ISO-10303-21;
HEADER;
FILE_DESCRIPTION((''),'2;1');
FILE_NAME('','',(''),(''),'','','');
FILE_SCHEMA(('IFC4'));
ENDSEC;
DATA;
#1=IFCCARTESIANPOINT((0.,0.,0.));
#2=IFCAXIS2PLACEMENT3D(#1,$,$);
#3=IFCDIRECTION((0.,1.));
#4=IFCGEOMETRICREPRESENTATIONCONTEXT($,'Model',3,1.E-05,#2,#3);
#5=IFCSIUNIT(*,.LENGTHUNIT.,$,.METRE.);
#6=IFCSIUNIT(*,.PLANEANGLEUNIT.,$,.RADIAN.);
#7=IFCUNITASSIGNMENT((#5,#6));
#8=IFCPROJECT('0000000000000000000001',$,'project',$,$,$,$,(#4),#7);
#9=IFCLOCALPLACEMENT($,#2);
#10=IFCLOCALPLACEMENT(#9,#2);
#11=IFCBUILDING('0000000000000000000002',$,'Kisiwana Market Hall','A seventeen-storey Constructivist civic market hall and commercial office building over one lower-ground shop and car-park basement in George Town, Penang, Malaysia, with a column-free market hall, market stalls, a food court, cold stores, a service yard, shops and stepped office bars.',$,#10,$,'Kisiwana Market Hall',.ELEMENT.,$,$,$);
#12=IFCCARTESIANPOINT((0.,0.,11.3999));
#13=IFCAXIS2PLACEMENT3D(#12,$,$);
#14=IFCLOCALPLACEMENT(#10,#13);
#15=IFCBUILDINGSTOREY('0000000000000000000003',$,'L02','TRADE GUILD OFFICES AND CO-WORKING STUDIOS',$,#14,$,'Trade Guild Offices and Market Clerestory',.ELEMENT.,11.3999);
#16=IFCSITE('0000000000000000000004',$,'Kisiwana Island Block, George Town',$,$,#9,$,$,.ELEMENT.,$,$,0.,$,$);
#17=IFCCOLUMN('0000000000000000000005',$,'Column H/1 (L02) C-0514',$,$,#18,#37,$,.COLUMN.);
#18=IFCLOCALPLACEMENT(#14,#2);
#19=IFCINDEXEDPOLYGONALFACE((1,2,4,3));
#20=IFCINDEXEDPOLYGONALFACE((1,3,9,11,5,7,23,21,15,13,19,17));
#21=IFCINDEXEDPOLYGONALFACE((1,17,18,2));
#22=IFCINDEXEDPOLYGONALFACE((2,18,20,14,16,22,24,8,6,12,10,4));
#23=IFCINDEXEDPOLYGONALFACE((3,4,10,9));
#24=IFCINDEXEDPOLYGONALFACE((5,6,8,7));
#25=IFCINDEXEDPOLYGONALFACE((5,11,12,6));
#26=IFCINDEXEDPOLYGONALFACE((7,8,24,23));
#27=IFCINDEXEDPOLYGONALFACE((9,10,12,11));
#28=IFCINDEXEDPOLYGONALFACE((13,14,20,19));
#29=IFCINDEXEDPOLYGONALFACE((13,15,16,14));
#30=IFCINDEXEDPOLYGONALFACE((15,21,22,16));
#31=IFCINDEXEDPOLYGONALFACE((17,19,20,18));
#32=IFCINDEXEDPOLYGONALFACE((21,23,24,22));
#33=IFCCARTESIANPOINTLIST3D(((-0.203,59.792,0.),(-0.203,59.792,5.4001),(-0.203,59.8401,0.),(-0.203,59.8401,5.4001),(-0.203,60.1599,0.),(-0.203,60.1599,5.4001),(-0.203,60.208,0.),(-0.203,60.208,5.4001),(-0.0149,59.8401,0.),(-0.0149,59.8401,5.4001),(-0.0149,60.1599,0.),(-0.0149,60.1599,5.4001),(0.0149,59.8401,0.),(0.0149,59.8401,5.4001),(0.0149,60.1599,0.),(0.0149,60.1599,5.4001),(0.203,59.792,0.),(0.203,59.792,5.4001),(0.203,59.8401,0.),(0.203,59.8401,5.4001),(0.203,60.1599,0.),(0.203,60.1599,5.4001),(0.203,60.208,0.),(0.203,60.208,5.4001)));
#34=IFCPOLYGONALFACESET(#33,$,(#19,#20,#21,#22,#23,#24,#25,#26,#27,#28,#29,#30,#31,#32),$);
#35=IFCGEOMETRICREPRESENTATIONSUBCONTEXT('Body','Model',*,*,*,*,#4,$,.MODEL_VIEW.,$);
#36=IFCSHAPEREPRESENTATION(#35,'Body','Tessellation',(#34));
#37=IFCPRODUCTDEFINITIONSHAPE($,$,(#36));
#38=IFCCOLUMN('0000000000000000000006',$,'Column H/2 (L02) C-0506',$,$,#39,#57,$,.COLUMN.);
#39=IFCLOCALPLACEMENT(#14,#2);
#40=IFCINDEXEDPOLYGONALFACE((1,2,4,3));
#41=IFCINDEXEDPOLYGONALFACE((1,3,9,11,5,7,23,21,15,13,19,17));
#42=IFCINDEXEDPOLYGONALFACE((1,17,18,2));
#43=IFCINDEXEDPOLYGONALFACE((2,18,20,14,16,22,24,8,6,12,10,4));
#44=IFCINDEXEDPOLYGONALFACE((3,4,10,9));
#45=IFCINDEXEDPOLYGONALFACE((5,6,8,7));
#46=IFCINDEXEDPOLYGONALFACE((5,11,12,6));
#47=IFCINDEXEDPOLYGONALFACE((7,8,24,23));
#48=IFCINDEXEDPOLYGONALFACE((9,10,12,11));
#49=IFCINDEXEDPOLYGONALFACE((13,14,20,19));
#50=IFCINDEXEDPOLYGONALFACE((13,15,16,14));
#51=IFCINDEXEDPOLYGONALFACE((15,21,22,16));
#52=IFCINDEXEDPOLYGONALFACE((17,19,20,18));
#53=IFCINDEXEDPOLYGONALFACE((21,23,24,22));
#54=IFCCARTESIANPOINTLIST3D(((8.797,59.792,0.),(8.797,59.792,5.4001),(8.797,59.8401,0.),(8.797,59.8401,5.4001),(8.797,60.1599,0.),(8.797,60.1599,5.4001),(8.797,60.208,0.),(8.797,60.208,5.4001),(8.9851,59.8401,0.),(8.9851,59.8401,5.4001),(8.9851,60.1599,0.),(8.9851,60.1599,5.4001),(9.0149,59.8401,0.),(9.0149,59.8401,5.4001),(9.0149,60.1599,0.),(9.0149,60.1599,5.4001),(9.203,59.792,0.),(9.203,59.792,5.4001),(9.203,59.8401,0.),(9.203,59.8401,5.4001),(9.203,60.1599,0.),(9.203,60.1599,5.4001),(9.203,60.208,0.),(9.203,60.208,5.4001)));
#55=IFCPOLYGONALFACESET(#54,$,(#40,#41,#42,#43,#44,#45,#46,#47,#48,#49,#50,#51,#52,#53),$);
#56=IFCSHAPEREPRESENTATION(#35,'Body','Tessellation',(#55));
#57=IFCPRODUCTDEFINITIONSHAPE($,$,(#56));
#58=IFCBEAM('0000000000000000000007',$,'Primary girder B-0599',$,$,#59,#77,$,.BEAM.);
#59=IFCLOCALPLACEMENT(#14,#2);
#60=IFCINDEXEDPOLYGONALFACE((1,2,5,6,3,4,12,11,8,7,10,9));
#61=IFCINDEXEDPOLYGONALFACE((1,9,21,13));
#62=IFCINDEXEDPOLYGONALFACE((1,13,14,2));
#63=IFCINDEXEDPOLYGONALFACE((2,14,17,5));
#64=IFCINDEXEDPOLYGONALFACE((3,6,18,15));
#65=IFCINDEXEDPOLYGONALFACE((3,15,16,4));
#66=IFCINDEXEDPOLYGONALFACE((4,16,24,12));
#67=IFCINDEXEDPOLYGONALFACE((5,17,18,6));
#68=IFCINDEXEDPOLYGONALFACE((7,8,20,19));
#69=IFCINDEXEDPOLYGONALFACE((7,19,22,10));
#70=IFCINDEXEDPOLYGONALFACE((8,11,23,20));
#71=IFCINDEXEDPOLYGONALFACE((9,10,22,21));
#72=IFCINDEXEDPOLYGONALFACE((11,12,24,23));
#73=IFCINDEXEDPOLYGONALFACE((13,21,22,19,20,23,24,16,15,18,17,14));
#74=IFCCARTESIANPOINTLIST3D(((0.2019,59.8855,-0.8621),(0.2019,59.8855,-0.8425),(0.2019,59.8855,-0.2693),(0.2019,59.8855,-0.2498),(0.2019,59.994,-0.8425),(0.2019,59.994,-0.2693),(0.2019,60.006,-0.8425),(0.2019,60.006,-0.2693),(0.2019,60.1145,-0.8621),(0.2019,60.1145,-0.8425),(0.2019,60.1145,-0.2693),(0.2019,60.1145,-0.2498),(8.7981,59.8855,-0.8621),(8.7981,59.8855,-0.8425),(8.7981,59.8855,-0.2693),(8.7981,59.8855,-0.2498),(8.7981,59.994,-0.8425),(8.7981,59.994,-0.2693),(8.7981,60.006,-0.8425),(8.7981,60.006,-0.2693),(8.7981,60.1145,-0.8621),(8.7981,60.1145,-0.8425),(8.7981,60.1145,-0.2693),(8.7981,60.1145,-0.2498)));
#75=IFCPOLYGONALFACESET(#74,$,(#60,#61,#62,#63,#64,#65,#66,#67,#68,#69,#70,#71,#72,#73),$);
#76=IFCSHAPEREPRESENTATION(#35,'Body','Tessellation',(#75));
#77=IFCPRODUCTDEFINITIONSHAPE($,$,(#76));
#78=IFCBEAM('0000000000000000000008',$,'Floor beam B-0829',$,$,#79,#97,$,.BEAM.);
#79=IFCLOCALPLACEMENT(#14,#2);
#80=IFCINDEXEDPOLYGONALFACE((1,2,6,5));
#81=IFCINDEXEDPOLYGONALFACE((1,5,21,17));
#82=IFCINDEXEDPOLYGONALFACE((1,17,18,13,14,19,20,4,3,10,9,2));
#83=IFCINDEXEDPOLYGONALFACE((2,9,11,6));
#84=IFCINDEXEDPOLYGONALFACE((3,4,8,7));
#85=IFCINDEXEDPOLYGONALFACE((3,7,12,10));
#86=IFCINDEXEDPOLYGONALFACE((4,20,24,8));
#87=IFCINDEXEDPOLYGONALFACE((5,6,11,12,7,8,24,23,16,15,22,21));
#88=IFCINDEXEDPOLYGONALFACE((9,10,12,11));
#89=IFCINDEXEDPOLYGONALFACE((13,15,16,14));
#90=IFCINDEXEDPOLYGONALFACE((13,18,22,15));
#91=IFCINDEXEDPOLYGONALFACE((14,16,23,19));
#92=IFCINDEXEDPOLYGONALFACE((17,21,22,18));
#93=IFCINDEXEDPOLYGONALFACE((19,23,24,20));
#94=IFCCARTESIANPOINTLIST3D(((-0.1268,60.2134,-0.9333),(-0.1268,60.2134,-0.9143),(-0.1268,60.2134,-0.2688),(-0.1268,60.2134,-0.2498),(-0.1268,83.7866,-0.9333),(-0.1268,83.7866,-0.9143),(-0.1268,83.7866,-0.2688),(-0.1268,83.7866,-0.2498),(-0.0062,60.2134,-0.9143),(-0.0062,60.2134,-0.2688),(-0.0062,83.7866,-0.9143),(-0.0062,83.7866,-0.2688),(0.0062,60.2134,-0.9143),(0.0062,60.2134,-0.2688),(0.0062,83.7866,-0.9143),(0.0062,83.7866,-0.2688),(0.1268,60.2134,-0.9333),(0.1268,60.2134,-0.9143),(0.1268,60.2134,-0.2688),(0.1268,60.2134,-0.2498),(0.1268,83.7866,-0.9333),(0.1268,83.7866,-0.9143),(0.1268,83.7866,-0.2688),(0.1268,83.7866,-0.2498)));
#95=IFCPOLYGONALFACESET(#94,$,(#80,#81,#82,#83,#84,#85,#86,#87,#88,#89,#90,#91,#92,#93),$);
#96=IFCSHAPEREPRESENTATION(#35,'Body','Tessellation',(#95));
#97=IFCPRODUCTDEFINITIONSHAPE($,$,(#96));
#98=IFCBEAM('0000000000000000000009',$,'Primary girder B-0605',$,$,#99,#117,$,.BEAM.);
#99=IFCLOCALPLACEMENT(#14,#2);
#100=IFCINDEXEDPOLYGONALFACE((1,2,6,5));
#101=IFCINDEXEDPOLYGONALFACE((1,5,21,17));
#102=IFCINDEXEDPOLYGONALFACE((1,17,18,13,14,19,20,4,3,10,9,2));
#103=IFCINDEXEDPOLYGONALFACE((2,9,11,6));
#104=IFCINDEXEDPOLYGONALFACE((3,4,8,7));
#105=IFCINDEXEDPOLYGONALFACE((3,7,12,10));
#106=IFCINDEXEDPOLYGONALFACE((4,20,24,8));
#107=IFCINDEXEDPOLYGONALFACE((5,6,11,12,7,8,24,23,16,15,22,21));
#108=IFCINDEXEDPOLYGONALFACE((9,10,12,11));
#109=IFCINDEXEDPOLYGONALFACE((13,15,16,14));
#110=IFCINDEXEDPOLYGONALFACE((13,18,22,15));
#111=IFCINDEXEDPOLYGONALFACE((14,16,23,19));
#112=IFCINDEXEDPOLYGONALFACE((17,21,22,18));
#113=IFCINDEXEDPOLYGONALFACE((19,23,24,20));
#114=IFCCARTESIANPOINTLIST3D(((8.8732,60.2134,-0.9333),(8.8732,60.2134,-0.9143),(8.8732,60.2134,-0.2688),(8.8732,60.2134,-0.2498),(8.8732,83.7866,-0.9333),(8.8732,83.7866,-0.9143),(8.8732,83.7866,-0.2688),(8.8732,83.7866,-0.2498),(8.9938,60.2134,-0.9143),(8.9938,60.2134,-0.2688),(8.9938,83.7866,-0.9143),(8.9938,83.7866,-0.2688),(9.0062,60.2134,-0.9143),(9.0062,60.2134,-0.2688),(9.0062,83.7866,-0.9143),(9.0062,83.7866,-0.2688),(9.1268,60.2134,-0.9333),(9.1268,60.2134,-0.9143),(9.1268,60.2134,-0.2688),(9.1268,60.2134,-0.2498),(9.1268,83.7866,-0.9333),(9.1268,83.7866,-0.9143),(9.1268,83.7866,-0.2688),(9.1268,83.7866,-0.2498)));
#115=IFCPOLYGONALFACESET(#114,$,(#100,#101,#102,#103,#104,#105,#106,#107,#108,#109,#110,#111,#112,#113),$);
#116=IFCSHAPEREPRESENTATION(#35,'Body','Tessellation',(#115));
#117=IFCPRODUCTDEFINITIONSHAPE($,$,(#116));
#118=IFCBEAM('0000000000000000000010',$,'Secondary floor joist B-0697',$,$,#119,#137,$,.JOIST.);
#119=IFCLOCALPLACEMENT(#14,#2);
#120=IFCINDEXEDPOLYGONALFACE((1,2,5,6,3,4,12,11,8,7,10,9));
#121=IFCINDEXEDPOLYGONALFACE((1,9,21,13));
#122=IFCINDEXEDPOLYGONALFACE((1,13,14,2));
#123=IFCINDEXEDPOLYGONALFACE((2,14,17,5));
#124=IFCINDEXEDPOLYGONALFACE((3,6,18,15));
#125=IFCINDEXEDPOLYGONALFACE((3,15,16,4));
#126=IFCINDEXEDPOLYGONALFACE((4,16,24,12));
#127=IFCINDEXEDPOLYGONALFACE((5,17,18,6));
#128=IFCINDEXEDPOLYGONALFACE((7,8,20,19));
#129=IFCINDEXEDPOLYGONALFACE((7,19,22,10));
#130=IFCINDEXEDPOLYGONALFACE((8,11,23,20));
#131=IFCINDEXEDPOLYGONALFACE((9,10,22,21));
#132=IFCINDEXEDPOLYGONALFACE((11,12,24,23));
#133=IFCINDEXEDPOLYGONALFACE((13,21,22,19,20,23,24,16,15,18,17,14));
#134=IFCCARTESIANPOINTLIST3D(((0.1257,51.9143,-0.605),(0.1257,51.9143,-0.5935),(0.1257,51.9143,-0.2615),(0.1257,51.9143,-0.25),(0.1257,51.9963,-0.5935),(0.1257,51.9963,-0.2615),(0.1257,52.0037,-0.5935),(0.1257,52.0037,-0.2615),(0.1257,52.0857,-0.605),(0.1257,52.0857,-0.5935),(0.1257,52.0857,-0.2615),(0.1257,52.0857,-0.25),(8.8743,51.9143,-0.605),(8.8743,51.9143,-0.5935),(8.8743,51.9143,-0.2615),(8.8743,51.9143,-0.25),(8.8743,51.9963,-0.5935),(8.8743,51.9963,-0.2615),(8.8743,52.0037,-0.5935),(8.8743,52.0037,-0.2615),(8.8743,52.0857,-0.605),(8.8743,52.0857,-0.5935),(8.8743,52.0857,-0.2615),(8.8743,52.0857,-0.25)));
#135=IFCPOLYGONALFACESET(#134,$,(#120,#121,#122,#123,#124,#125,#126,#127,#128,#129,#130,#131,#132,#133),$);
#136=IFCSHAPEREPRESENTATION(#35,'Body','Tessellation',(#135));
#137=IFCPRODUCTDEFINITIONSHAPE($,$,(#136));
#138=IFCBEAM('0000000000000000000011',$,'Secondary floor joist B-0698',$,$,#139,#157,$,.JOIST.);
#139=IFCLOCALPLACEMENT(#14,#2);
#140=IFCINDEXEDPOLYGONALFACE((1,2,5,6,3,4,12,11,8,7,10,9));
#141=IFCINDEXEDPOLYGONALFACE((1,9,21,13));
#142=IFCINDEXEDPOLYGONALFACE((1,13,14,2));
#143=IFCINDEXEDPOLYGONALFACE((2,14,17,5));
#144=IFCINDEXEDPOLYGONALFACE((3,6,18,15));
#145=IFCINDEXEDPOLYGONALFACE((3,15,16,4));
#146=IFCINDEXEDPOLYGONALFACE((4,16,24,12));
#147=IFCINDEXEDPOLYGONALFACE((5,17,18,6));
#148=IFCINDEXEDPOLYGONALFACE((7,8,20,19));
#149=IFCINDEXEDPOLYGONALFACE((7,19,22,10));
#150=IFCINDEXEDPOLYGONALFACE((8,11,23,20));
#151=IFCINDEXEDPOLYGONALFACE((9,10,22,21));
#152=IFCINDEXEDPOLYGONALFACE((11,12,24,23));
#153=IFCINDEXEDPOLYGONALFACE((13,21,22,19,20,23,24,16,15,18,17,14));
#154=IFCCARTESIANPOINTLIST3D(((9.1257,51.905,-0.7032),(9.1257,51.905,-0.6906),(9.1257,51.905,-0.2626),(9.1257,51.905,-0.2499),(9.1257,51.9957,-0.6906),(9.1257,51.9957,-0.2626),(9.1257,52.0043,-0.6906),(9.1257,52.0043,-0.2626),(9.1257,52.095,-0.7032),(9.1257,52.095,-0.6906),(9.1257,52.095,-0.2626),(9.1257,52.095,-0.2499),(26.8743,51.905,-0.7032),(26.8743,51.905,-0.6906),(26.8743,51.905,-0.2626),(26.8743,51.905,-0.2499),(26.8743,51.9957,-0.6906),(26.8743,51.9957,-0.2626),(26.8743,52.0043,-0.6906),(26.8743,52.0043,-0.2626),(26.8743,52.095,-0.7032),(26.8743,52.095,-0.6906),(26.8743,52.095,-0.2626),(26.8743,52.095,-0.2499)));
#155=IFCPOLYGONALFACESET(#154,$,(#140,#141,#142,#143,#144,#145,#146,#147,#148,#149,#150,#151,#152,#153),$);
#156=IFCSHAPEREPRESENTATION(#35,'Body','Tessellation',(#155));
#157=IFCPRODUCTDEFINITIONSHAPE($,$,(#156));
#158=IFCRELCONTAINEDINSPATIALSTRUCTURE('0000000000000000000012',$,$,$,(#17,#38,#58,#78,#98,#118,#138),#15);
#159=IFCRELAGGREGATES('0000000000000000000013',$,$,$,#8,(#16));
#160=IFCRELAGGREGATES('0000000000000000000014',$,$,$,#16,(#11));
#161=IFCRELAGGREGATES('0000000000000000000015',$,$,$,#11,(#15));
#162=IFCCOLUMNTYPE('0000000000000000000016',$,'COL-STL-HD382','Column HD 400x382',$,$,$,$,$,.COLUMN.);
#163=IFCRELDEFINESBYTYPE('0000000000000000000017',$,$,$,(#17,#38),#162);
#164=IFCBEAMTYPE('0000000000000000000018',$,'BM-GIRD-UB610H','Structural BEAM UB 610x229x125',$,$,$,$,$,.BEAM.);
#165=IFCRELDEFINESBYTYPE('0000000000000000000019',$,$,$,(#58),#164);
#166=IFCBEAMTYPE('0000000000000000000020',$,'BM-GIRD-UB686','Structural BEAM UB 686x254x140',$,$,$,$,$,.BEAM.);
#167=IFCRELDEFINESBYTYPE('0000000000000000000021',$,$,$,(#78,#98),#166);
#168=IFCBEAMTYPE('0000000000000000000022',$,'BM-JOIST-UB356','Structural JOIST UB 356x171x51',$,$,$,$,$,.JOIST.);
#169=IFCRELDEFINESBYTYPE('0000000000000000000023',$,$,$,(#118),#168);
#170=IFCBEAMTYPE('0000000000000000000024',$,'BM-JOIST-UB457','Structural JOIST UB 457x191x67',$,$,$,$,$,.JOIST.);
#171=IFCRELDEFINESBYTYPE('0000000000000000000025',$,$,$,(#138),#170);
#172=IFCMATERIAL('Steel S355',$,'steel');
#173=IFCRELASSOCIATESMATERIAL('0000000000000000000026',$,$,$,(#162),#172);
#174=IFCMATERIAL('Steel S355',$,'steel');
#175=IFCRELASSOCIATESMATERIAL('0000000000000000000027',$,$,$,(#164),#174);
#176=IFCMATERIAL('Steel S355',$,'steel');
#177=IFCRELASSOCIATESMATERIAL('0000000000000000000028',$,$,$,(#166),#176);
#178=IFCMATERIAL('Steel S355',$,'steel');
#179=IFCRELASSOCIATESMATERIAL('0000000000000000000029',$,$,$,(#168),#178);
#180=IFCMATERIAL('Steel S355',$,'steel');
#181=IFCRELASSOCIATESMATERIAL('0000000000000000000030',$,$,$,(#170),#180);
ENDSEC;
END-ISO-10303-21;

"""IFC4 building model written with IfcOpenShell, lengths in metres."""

from ifc_helpers import new_model, si_unit, direction, frame, origin, origin_2d, place, context, subcontext, project, spatial, i_section, extrude, material, material_profile, profile_set, type_object, element, save


model = new_model("IFC4")

# Units and contexts
model_context = context("Model", 3, precision=1e-05, world=origin(), true_north=direction((0.0, 1.0)))
body_context = subcontext(model_context, "Body", "Model", "MODEL_VIEW")
ifc_project = project(units=[si_unit("LENGTHUNIT", "METRE"), si_unit("PLANEANGLEUNIT", "RADIAN")], contexts=[model_context])

# Site, building, storey
site_placement = place(None, origin())
site = spatial("IfcSite", under=ifc_project, at=site_placement, Name="Kisiwana Island Block, George Town", CompositionType="ELEMENT", RefElevation=0.0)
building_placement = place(site_placement, origin())
building = spatial("IfcBuilding", under=site, at=building_placement, Name="Kisiwana Market Hall", Description="A seventeen-storey Constructivist civic market hall and commercial office building over one lower-ground shop and car-park basement in George Town, Penang, Malaysia, with a column-free market hall, market stalls, a food court, cold stores, a service yard, shops and stepped office bars.", LongName="Kisiwana Market Hall", CompositionType="ELEMENT")
storey_placement = place(building_placement, frame((0.0, 0.0, 11.3999)))
storey = spatial("IfcBuildingStorey", under=building, at=storey_placement, Name="L02", Description="TRADE GUILD OFFICES AND CO-WORKING STUDIOS", LongName="Trade Guild Offices and Market Clerestory", CompositionType="ELEMENT", Elevation=11.3999)

# Columns
ifc_material_1 = material(Name="Steel S355", Category="steel")
ifc_material_profile_1 = material_profile(ifc_material_1, i_section(OverallWidth=0.406, OverallDepth=0.416, WebThickness=0.0298, FlangeThickness=0.0481, at=origin_2d()), Name="HD 400x382")
ifc_profile_set_1 = profile_set([ifc_material_profile_1], Name="Steel S355")
column_type = type_object("IfcColumnType", Name="COL-STL-HD382", Description="Column HD 400x382", PredefinedType="COLUMN", material=ifc_profile_set_1)
for number, where, z_axis, x_axis, name in (
    (1, (0.0, 60.0, 0.0), (0.0, 0.0, 1.0), (1.0, 0.0, 0.0), "Column H/1 (L02) C-0514"),
    (2, (9.0, 60.0, 0.0), (0.0, 0.0, 1.0), (1.0, 0.0, 0.0), "Column H/2 (L02) C-0506"),
):
    element("IfcColumn", number, at=place(storey_placement, frame(where, z_axis=z_axis, x_axis=x_axis)), inside=storey, type_object=column_type, Name=name, PredefinedType="COLUMN", context=body_context, shape_type="SweptSolid", body=[
        extrude(i_section(OverallWidth=0.406, OverallDepth=0.416, WebThickness=0.0298, FlangeThickness=0.0481, at=origin_2d()), origin(), (0.0, 0.0, 1.0), 5.4001),
    ])

# Beams
ifc_material_2 = material(Name="Steel S355", Category="steel")
ifc_material_profile_2 = material_profile(ifc_material_2, i_section(OverallWidth=0.229, OverallDepth=0.6123, WebThickness=0.012, FlangeThickness=0.0195, at=origin_2d()), Name="UB 610x229x125")
ifc_profile_set_2 = profile_set([ifc_material_profile_2], Name="Steel S355")
beam_type_1 = type_object("IfcBeamType", Name="BM-GIRD-UB610H", Description="Structural BEAM UB 610x229x125", PredefinedType="BEAM", material=ifc_profile_set_2)
beam_1_placement = place(storey_placement, frame((0.2019, 60.0, -0.5559), z_axis=(1.0, 0.0, 0.0), x_axis=(0.0, 1.0, 0.0)))
element("IfcBeam", 3, at=beam_1_placement, inside=storey, type_object=beam_type_1, Name="Primary girder B-0599", PredefinedType="BEAM", context=body_context, shape_type="SweptSolid", body=[
    extrude(i_section(OverallWidth=0.229, OverallDepth=0.6123, WebThickness=0.012, FlangeThickness=0.0195, at=origin_2d()), origin(), (0.0, 0.0, 1.0), 8.5962),
])
ifc_material_3 = material(Name="Steel S355", Category="steel")
ifc_material_profile_3 = material_profile(ifc_material_3, i_section(OverallWidth=0.2537, OverallDepth=0.6836, WebThickness=0.0125, FlangeThickness=0.019, at=origin_2d()), Name="UB 686x254x140")
ifc_profile_set_3 = profile_set([ifc_material_profile_3], Name="Steel S355")
beam_type_2 = type_object("IfcBeamType", Name="BM-GIRD-UB686", Description="Structural BEAM UB 686x254x140", PredefinedType="BEAM", material=ifc_profile_set_3)
for number, where, z_axis, x_axis, name in (
    (4, (0.0, 60.2134, -0.5916), (0.0, 1.0, 0.0), (-1.0, 0.0, 0.0), "Floor beam B-0829"),
    (5, (9.0, 60.2134, -0.5916), (0.0, 1.0, 0.0), (-1.0, 0.0, 0.0), "Primary girder B-0605"),
):
    element("IfcBeam", number, at=place(storey_placement, frame(where, z_axis=z_axis, x_axis=x_axis)), inside=storey, type_object=beam_type_2, Name=name, PredefinedType="BEAM", context=body_context, shape_type="SweptSolid", body=[
        extrude(i_section(OverallWidth=0.2537, OverallDepth=0.6836, WebThickness=0.0125, FlangeThickness=0.019, at=origin_2d()), origin(), (0.0, 0.0, 1.0), 23.5732),
    ])
ifc_material_4 = material(Name="Steel S355", Category="steel")
ifc_material_profile_4 = material_profile(ifc_material_4, i_section(OverallWidth=0.1714, OverallDepth=0.355, WebThickness=0.0073, FlangeThickness=0.0115, at=origin_2d()), Name="UB 356x171x51")
ifc_profile_set_4 = profile_set([ifc_material_profile_4], Name="Steel S355")
beam_type_3 = type_object("IfcBeamType", Name="BM-JOIST-UB356", Description="Structural JOIST UB 356x171x51", PredefinedType="JOIST", material=ifc_profile_set_4)
beam_2_placement = place(storey_placement, frame((0.1257, 52.0, -0.4275), z_axis=(1.0, 0.0, 0.0), x_axis=(0.0, 1.0, 0.0)))
element("IfcBeam", 6, at=beam_2_placement, inside=storey, type_object=beam_type_3, Name="Secondary floor joist B-0697", PredefinedType="JOIST", context=body_context, shape_type="SweptSolid", body=[
    extrude(i_section(OverallWidth=0.1714, OverallDepth=0.355, WebThickness=0.0073, FlangeThickness=0.0115, at=origin_2d()), origin(), (0.0, 0.0, 1.0), 8.7485),
])
ifc_material_5 = material(Name="Steel S355", Category="steel")
ifc_material_profile_5 = material_profile(ifc_material_5, i_section(OverallWidth=0.1899, OverallDepth=0.4534, WebThickness=0.0085, FlangeThickness=0.0127, at=origin_2d()), Name="UB 457x191x67")
ifc_profile_set_5 = profile_set([ifc_material_profile_5], Name="Steel S355")
beam_type_4 = type_object("IfcBeamType", Name="BM-JOIST-UB457", Description="Structural JOIST UB 457x191x67", PredefinedType="JOIST", material=ifc_profile_set_5)
beam_3_placement = place(storey_placement, frame((9.1257, 52.0, -0.4766), z_axis=(1.0, 0.0, 0.0), x_axis=(0.0, 1.0, 0.0)))
element("IfcBeam", 7, at=beam_3_placement, inside=storey, type_object=beam_type_4, Name="Secondary floor joist B-0698", PredefinedType="JOIST", context=body_context, shape_type="SweptSolid", body=[
    extrude(i_section(OverallWidth=0.1899, OverallDepth=0.4534, WebThickness=0.0085, FlangeThickness=0.0127, at=origin_2d()), origin(), (0.0, 0.0, 1.0), 17.7485),
])

save(model, "model.ifc")
